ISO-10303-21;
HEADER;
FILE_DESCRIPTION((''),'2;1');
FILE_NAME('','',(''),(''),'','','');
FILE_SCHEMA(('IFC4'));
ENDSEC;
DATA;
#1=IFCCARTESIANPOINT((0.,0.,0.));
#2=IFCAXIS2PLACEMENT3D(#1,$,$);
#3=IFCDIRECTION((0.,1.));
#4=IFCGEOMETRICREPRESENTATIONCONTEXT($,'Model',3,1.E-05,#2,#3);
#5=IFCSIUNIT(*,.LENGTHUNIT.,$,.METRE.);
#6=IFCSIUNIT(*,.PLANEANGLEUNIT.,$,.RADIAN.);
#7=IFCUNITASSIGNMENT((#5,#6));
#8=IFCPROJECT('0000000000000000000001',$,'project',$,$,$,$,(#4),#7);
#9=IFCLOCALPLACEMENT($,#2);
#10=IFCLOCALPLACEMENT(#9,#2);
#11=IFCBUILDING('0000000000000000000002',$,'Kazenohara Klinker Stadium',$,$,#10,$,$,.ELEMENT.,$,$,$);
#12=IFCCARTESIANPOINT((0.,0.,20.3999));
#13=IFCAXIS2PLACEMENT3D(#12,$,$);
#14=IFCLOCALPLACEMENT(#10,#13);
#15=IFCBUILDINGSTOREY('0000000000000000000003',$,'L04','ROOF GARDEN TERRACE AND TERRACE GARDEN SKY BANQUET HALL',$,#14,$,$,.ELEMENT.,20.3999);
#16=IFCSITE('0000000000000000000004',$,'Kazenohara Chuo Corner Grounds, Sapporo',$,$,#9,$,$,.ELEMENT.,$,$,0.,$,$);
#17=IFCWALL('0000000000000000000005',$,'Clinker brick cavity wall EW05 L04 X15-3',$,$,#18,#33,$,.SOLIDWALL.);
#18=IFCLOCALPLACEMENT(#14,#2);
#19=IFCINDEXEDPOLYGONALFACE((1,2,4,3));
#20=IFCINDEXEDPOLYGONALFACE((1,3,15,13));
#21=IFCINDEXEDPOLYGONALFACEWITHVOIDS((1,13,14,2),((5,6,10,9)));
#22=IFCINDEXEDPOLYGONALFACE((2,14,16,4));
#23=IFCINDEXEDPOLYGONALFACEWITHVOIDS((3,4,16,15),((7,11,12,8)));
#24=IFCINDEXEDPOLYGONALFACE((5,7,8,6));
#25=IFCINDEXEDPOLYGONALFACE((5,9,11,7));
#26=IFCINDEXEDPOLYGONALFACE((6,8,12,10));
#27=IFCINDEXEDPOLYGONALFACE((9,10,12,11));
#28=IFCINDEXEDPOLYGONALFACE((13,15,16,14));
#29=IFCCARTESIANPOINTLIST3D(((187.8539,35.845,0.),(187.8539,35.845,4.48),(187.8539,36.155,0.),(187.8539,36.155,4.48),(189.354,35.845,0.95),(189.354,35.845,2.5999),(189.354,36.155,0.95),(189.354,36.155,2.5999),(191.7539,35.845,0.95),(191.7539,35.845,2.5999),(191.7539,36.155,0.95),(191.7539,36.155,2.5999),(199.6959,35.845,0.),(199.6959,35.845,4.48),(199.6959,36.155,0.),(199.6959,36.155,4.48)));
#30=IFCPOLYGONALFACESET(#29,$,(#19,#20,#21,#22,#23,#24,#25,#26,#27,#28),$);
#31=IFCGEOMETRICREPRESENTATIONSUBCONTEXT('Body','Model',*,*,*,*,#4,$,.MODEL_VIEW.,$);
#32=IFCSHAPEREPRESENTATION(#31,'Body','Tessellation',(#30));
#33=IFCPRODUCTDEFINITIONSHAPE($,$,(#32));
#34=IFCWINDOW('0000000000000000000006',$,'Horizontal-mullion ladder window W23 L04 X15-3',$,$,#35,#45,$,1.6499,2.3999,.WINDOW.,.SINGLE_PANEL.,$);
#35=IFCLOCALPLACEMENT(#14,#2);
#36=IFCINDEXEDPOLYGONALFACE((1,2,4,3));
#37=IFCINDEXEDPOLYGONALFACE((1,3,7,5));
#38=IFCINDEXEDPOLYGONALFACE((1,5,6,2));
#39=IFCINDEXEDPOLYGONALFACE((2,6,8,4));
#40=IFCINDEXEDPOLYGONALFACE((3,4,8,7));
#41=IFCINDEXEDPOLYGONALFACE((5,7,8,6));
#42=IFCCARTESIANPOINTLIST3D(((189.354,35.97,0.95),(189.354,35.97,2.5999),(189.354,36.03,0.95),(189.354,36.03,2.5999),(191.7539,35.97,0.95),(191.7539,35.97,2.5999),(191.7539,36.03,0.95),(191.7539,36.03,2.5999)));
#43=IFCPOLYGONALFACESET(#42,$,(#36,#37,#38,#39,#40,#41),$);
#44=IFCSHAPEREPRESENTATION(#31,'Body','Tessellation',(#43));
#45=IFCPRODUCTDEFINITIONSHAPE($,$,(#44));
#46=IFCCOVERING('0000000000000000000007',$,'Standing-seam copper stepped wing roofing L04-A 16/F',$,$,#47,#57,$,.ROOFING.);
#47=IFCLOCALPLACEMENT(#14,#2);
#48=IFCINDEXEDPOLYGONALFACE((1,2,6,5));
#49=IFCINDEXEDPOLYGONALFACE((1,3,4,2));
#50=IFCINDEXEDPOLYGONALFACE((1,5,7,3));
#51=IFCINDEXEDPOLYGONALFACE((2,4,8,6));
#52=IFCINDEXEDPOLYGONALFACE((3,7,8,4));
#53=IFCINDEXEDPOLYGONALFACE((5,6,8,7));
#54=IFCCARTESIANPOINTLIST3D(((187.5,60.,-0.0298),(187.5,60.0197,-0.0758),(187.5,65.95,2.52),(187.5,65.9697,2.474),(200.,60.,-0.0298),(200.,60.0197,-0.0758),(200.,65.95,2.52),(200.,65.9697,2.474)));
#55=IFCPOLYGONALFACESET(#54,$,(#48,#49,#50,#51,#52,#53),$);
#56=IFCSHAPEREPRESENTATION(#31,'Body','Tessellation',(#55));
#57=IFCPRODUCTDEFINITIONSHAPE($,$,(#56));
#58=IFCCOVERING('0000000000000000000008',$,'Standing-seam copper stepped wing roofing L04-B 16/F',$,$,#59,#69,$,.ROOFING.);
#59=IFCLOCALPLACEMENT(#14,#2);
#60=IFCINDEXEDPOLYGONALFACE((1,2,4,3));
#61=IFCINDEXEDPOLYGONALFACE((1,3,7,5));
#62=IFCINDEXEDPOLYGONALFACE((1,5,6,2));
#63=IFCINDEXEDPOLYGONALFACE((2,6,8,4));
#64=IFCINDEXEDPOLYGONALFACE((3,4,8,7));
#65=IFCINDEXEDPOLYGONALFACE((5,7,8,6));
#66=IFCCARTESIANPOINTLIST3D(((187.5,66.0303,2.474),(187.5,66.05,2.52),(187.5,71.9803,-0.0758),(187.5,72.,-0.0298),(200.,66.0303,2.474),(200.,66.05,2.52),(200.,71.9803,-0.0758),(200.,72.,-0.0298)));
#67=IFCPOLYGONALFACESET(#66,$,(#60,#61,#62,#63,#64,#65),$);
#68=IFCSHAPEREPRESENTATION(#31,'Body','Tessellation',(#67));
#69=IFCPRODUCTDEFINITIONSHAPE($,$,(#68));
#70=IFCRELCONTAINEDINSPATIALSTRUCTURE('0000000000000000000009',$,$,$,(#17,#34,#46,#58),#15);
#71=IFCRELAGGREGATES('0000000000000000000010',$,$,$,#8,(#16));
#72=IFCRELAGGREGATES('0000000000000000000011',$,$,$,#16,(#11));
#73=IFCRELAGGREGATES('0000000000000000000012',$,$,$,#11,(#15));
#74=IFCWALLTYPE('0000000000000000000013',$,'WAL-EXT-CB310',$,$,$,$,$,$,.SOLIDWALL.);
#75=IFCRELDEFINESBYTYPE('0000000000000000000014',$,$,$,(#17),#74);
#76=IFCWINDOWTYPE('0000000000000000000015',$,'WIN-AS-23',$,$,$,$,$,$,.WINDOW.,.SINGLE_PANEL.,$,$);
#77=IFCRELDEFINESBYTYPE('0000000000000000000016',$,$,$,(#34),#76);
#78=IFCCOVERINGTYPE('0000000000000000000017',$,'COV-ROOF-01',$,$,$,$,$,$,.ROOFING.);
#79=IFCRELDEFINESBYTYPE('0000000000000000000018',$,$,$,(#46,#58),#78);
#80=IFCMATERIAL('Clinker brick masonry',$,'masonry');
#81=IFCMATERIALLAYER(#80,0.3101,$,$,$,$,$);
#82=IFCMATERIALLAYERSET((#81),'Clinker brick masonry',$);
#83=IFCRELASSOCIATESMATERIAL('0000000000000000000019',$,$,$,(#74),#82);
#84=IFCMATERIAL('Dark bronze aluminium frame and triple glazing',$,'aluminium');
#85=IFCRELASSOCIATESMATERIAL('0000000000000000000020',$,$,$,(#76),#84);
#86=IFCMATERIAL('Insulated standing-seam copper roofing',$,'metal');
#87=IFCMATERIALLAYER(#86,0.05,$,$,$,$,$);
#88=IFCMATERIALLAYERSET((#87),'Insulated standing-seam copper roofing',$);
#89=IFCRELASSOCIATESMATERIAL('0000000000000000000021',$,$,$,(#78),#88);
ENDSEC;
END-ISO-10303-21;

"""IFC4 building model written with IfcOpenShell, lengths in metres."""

from ifc_helpers import new_model, si_unit, direction, frame, frame_2d, origin, place, context, subcontext, project, spatial, polyline, rectangle, outline, extrude, material, layer, layer_set, type_object, element, fill, save


model = new_model("IFC4")

# Units and contexts
model_context = context("Model", 3, precision=1e-05, world=origin(), true_north=direction((0.0, 1.0)))
body_context = subcontext(model_context, "Body", "Model", "MODEL_VIEW")
ifc_project = project(units=[si_unit("LENGTHUNIT", "METRE"), si_unit("PLANEANGLEUNIT", "RADIAN")], contexts=[model_context])

# Site, building, storey
site_placement = place(None, origin())
site = spatial("IfcSite", under=ifc_project, at=site_placement, Name="Kazenohara Chuo Corner Grounds, Sapporo", CompositionType="ELEMENT", RefElevation=0.0)
building_placement = place(site_placement, origin())
building = spatial("IfcBuilding", under=site, at=building_placement, Name="Kazenohara Klinker Stadium", CompositionType="ELEMENT")
storey_placement = place(building_placement, frame((0.0, 0.0, 20.3999)))
storey = spatial("IfcBuildingStorey", under=building, at=storey_placement, Name="L04", Description="ROOF GARDEN TERRACE AND TERRACE GARDEN SKY BANQUET HALL", CompositionType="ELEMENT", Elevation=20.3999)

# Wall, opening, window
ifc_material_1 = material(Name="Clinker brick masonry", Category="masonry")
ifc_layer_1 = layer(ifc_material_1, 0.3101)
ifc_layer_set_1 = layer_set([ifc_layer_1], Name="Clinker brick masonry")
wall_type = type_object("IfcWallType", Name="WAL-EXT-CB310", PredefinedType="SOLIDWALL", material=ifc_layer_set_1)
wall_placement = place(storey_placement, frame((187.854, 36.0, 0.0), z_axis=(0.0, 0.0, 1.0), x_axis=(1.0, 0.0, 0.0)))
wall = element("IfcWall", 1, at=wall_placement, inside=storey, type_object=wall_type, Name="Clinker brick cavity wall EW05 L04 X15-3", PredefinedType="SOLIDWALL", context=body_context, shape_type="SweptSolid", body=[
    extrude(rectangle(XDim=11.842, YDim=0.3101, at=frame_2d((5.9209, 0.0))), origin(), (0.0, 0.0, 1.0), 4.48),
])
opening_placement = place(wall_placement, frame((1.5, 0.0, 0.95)))
opening = element("IfcOpeningElement", 2, at=opening_placement, cuts=wall, PredefinedType="OPENING", context=body_context, shape_type="SweptSolid", body=[
    extrude(rectangle(XDim=2.3999, YDim=1.6499, at=frame_2d((1.2, 0.825))), frame((0.0, 0.165, 0.0), z_axis=(0.0, -1.0, 0.0), x_axis=(1.0, 0.0, 0.0)), (0.0, 0.0, 1.0), 0.3301),
])
ifc_material_2 = material(Name="Dark bronze aluminium frame and triple glazing", Category="aluminium")
window_type = type_object("IfcWindowType", Name="WIN-AS-23", PartitioningType="SINGLE_PANEL", PredefinedType="WINDOW", material=ifc_material_2)
window_placement = place(opening_placement, origin())
window = element("IfcWindow", 3, at=window_placement, inside=storey, type_object=window_type, Name="Horizontal-mullion ladder window W23 L04 X15-3", OverallHeight=1.6499, OverallWidth=2.3999, PartitioningType="SINGLE_PANEL", PredefinedType="WINDOW", context=body_context, shape_type="SweptSolid", body=[
    extrude(rectangle(XDim=2.3999, YDim=1.6499, at=frame_2d((1.2, 0.825))), frame((0.0, 0.03, 0.0), z_axis=(0.0, -1.0, 0.0), x_axis=(1.0, 0.0, 0.0)), (0.0, 0.0, 1.0), 0.0601),
])
fill(opening, window)

# Coverings
ifc_material_3 = material(Name="Insulated standing-seam copper roofing", Category="metal")
ifc_layer_2 = layer(ifc_material_3, 0.05)
ifc_layer_set_2 = layer_set([ifc_layer_2], Name="Insulated standing-seam copper roofing")
covering_type = type_object("IfcCoveringType", Name="COV-ROOF-01", PredefinedType="ROOFING", material=ifc_layer_set_2)
for number, where, z_axis, x_axis, name in (
    (4, (187.5, 60.0, -0.0298), (0.0, -0.393897, 0.919155), (1.0, 0.0, 0.0), "Standing-seam copper stepped wing roofing L04-A 16/F"),
    (5, (187.5, 66.05, 2.52), (0.0, 0.393897, 0.919155), (1.0, 0.0, 0.0), "Standing-seam copper stepped wing roofing L04-B 16/F"),
):
    element("IfcCovering", number, at=place(storey_placement, frame(where, z_axis=z_axis, x_axis=x_axis)), inside=storey, type_object=covering_type, Name=name, PredefinedType="ROOFING", context=body_context, shape_type="SweptSolid", body=[
        extrude(outline(polyline([(0.0, 0.0), (12.5, 0.0), (12.5, 6.4733), (0.0, 6.4733), (0.0, 0.0)])), origin(), (0.0, 0.0, -1.0), 0.05),
    ])

save(model, "model.ifc")
